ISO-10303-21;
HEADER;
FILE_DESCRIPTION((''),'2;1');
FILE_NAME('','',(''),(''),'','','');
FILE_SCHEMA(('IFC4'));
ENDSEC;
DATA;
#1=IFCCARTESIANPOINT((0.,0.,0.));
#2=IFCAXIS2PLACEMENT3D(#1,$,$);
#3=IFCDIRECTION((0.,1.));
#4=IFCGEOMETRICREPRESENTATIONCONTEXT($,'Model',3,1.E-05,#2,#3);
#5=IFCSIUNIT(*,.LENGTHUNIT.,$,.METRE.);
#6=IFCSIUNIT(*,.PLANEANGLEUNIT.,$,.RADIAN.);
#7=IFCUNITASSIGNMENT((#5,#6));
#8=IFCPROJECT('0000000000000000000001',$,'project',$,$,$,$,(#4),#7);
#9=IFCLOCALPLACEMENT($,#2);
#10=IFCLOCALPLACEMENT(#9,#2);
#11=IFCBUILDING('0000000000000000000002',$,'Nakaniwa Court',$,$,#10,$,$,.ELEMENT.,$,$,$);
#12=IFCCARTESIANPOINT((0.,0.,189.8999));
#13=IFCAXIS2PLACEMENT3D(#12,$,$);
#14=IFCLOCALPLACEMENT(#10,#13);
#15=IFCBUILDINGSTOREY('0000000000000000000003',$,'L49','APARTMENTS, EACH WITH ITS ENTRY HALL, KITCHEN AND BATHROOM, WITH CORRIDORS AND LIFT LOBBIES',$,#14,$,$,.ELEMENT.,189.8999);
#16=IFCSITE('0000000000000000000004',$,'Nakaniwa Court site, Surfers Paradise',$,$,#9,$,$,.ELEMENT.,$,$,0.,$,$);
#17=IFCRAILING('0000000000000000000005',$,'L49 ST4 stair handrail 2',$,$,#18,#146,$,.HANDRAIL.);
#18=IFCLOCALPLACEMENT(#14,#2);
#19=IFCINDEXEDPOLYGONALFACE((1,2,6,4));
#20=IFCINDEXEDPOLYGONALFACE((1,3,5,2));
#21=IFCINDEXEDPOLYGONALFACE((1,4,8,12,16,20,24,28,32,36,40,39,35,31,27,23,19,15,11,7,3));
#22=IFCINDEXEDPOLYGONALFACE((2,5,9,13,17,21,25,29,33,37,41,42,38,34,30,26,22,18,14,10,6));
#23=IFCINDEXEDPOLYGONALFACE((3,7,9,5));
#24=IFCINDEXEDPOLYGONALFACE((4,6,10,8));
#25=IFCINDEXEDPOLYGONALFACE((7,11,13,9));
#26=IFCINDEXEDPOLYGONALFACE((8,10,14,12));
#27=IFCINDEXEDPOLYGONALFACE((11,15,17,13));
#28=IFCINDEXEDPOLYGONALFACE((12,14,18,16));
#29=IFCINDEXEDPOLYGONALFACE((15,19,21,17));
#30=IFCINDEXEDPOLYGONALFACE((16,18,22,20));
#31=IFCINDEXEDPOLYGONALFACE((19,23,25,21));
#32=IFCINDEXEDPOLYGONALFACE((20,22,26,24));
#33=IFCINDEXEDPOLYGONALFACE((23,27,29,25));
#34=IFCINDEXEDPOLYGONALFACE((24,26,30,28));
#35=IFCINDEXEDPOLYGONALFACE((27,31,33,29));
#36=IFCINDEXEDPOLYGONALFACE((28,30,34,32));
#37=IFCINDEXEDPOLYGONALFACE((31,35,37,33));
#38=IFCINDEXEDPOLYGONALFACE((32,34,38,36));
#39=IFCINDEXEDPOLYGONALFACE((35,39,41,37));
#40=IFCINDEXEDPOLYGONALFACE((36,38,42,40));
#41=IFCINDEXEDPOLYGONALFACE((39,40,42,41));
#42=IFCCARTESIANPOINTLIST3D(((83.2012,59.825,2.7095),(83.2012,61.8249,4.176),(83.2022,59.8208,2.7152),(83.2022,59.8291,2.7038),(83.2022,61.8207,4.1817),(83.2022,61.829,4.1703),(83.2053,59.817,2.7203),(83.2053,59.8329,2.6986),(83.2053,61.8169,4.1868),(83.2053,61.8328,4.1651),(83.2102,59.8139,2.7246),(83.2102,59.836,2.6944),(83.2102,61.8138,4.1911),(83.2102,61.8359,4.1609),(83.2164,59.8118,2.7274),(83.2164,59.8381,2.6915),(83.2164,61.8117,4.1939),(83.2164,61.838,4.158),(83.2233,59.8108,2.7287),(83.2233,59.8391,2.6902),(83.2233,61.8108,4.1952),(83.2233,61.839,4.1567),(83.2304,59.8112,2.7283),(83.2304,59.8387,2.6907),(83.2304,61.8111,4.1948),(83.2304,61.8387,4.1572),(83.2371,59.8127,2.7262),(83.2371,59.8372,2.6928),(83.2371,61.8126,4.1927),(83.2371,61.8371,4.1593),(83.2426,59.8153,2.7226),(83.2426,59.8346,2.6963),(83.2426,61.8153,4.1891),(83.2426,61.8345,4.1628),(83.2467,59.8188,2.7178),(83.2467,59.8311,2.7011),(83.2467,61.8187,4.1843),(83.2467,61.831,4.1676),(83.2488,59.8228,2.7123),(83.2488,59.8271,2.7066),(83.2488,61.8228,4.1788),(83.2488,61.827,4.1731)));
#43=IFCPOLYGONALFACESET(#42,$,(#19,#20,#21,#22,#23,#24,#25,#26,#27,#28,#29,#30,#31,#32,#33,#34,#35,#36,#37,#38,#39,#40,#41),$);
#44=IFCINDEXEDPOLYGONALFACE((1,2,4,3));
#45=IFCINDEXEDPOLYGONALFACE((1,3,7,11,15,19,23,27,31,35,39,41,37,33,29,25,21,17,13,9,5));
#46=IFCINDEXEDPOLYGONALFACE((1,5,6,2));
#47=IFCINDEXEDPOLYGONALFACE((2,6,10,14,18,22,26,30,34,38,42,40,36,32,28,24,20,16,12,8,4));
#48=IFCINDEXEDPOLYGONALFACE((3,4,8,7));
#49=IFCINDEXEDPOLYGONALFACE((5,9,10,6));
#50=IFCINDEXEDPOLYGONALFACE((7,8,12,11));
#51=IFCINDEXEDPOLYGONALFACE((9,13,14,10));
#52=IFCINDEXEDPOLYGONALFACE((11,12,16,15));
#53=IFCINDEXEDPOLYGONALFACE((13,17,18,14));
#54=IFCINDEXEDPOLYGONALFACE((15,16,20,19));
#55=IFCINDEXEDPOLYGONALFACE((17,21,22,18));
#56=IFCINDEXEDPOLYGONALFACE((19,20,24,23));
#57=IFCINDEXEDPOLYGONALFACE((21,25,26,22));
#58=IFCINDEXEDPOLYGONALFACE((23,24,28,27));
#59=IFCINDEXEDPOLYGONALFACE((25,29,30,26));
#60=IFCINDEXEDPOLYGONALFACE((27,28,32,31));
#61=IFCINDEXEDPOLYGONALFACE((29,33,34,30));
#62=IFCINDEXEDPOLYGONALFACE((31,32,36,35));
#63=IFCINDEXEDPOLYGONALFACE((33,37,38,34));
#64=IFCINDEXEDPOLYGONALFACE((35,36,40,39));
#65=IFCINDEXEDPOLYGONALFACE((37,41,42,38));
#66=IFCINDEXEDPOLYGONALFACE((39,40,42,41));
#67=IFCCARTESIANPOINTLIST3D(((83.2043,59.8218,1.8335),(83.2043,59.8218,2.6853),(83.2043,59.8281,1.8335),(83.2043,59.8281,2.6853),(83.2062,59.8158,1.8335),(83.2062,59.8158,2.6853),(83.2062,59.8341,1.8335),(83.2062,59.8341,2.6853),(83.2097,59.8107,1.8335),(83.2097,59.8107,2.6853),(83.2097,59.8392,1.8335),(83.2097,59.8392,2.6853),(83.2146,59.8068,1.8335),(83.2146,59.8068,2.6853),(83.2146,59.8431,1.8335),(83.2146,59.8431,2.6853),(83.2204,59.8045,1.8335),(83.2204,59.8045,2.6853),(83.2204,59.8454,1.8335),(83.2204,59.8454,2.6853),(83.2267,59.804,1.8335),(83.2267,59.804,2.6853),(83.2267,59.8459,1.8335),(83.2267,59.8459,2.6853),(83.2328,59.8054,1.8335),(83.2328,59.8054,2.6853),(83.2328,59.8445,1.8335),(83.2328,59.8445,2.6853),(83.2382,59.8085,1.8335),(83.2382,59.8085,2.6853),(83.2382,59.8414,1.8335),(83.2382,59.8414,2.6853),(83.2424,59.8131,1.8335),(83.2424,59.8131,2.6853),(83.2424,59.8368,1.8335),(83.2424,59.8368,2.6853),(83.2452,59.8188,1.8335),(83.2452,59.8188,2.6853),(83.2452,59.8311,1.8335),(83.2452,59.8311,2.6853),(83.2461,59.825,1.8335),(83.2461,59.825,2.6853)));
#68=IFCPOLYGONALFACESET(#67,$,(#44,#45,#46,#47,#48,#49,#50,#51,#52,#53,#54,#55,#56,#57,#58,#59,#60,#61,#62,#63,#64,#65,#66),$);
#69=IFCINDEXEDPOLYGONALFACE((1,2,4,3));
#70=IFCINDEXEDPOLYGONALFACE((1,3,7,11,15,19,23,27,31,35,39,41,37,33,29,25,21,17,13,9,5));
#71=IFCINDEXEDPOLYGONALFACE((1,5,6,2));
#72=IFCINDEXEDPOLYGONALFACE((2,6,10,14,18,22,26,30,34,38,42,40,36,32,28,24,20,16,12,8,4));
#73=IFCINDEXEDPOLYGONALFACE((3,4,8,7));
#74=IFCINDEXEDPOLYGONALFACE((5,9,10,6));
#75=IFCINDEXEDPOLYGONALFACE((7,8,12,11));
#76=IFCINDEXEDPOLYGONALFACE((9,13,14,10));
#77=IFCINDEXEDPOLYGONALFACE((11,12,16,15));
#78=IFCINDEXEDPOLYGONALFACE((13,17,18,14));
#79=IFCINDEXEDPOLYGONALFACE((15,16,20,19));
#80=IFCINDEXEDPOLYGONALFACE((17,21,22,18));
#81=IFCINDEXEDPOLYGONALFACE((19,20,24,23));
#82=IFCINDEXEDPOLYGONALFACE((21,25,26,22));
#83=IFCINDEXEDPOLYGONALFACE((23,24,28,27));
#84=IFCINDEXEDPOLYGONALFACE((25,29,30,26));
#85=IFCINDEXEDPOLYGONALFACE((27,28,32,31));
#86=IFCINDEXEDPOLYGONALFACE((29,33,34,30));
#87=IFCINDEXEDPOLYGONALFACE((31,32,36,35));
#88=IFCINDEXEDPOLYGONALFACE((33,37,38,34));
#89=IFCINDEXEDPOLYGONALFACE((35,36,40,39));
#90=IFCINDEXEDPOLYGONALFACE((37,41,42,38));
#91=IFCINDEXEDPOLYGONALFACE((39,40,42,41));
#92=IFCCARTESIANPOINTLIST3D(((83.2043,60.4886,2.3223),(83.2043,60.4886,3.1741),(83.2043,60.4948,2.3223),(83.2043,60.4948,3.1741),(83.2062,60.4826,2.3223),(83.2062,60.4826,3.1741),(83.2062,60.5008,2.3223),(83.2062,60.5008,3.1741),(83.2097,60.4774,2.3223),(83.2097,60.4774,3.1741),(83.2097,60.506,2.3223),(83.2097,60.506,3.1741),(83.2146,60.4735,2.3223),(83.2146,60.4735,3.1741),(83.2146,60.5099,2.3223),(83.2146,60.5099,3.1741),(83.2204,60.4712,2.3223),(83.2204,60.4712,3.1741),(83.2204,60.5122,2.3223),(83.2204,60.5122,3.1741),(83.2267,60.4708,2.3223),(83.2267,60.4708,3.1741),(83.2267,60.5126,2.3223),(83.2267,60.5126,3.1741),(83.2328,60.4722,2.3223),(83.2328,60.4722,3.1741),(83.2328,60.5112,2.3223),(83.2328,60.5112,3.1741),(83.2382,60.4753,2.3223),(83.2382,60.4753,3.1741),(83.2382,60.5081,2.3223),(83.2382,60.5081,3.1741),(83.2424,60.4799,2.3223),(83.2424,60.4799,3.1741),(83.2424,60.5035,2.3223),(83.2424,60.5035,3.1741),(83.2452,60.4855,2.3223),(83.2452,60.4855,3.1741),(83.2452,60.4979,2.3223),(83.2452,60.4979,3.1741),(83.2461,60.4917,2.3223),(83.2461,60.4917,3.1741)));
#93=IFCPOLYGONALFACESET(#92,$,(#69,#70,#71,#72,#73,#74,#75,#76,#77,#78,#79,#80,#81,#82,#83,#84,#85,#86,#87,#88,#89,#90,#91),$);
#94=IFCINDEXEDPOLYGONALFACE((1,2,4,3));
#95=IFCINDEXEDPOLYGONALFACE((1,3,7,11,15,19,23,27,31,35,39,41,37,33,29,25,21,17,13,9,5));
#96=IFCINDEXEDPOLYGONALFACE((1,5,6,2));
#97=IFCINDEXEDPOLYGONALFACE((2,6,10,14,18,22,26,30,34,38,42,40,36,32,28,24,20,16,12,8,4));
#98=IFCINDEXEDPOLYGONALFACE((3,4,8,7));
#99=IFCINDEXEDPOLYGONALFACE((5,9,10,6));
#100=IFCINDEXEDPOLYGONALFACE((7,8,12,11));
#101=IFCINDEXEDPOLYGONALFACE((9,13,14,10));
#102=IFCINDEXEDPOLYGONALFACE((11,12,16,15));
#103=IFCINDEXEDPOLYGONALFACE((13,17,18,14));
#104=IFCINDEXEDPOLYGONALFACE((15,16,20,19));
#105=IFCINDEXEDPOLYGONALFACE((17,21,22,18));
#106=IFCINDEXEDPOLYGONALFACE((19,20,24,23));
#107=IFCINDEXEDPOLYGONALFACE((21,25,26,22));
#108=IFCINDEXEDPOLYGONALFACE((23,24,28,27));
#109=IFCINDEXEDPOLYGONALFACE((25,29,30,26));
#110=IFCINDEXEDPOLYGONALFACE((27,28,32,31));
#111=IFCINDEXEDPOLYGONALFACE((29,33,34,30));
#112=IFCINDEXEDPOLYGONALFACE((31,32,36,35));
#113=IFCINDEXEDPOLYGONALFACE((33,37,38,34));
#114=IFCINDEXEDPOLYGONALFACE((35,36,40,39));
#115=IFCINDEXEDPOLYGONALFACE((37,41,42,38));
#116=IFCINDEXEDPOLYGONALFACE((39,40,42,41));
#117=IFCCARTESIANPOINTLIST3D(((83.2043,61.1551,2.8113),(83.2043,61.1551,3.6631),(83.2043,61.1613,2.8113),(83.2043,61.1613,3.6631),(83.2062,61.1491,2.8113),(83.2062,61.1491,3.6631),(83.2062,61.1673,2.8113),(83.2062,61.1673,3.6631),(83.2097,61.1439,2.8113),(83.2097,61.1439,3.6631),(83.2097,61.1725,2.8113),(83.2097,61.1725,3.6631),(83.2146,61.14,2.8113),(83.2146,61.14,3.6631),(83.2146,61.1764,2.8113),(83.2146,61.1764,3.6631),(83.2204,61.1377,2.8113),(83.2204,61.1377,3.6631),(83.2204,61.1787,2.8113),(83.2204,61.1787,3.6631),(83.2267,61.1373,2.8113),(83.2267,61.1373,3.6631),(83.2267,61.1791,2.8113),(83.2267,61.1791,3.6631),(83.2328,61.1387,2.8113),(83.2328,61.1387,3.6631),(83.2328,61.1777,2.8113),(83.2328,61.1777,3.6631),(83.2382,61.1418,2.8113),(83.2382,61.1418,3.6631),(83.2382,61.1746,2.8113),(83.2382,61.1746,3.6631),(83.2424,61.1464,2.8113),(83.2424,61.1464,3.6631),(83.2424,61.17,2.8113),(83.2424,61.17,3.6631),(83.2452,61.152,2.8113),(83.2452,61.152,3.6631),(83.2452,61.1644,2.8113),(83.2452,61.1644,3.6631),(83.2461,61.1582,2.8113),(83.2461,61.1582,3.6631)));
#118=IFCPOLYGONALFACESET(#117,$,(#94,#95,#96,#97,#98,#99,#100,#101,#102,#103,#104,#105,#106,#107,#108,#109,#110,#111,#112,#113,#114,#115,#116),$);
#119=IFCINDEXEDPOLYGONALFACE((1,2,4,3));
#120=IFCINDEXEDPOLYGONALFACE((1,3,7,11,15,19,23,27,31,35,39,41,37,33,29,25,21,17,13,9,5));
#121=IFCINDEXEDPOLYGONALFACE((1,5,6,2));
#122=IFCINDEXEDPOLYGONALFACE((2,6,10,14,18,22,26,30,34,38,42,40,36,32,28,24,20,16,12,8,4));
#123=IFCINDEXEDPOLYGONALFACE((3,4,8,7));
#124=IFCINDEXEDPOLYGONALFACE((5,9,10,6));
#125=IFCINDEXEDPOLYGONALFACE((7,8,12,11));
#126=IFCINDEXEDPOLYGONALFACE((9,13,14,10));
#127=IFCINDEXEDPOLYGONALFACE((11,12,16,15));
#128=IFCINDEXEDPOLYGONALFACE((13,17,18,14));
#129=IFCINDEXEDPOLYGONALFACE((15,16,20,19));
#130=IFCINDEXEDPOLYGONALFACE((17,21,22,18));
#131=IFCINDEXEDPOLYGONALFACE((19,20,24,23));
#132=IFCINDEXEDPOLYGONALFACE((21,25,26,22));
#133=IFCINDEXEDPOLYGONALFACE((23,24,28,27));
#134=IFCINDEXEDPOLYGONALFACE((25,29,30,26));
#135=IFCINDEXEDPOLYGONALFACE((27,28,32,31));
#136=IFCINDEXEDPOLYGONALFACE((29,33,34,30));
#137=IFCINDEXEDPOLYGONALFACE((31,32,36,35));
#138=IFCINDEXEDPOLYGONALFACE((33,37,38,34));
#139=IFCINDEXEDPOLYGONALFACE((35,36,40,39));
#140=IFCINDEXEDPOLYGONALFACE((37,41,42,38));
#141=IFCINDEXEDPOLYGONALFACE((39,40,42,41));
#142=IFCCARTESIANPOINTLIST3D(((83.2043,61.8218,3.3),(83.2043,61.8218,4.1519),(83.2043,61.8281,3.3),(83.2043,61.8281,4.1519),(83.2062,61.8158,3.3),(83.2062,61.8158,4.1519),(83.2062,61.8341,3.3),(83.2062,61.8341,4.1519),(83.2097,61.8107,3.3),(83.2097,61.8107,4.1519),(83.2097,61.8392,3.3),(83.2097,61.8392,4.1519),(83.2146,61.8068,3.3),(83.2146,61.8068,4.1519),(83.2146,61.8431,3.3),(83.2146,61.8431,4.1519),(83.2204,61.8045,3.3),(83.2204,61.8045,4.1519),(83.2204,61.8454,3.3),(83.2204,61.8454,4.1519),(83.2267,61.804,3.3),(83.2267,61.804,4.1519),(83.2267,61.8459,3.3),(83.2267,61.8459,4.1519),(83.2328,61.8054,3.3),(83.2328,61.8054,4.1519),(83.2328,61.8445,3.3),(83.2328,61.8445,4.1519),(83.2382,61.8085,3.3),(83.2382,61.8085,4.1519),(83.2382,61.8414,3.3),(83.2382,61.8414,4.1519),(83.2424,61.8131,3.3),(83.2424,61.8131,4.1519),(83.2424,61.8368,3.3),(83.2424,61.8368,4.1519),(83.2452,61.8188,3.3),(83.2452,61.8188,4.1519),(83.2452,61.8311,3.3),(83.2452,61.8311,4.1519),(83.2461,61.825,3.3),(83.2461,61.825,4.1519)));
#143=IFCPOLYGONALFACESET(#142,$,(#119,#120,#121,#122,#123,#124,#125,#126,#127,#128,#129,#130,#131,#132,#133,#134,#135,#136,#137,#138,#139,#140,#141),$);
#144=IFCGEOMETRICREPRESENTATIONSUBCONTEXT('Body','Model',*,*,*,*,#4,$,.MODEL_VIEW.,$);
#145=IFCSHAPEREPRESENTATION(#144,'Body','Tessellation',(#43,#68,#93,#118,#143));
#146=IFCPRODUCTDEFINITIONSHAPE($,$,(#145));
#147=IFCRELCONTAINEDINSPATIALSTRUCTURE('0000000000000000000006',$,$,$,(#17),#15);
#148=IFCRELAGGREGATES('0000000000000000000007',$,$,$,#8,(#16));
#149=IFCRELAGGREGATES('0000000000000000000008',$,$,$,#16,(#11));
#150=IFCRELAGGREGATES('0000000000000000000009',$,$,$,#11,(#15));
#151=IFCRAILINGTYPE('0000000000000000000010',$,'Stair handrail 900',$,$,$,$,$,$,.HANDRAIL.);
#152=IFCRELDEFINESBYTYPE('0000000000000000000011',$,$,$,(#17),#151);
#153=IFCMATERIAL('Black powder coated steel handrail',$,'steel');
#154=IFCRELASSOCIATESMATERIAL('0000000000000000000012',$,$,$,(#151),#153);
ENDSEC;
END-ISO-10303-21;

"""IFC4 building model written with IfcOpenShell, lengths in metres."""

from ifc_helpers import new_model, si_unit, direction, frame, origin, origin_2d, place, context, subcontext, project, spatial, circle, extrude, material, type_object, element, save


model = new_model("IFC4")

# Units and contexts
model_context = context("Model", 3, precision=1e-05, world=origin(), true_north=direction((0.0, 1.0)))
body_context = subcontext(model_context, "Body", "Model", "MODEL_VIEW")
ifc_project = project(units=[si_unit("LENGTHUNIT", "METRE"), si_unit("PLANEANGLEUNIT", "RADIAN")], contexts=[model_context])

# Site, building, storey
site_placement = place(None, origin())
site = spatial("IfcSite", under=ifc_project, at=site_placement, Name="Nakaniwa Court site, Surfers Paradise", CompositionType="ELEMENT", RefElevation=0.0)
building_placement = place(site_placement, origin())
building = spatial("IfcBuilding", under=site, at=building_placement, Name="Nakaniwa Court", CompositionType="ELEMENT")
storey_placement = place(building_placement, frame((0.0, 0.0, 189.8999)))
storey = spatial("IfcBuildingStorey", under=building, at=storey_placement, Name="L49", Description="APARTMENTS, EACH WITH ITS ENTRY HALL, KITCHEN AND BATHROOM, WITH CORRIDORS AND LIFT LOBBIES", CompositionType="ELEMENT", Elevation=189.8999)

# Railing
ifc_material_1 = material(Name="Black powder coated steel handrail", Category="steel")
railing_type_1 = type_object("IfcRailingType", Name="Stair handrail 900", PredefinedType="HANDRAIL", material=ifc_material_1)
railing_1_placement = place(storey_placement, frame((83.2251, 59.825, 1.8335)))
element("IfcRailing", 1, at=railing_1_placement, inside=storey, type_object=railing_type_1, Name="L49 ST4 stair handrail 2", PredefinedType="HANDRAIL", context=body_context, shape_type="SweptSolid", body=[
    extrude(circle(Radius=0.0239, at=origin_2d()), frame((0.0, 0.0, 0.876), z_axis=(0.0, 0.806427, 0.591334), x_axis=(-1.0, 0.0, 0.0)), (0.0, 0.0, 1.0), 2.48),
    extrude(circle(Radius=0.021, at=origin_2d()), origin(), (0.0, 0.0, 1.0), 0.8518),
    extrude(circle(Radius=0.021, at=origin_2d()), frame((0.0, 0.6667, 0.4888)), (0.0, 0.0, 1.0), 0.8518),
    extrude(circle(Radius=0.021, at=origin_2d()), frame((0.0, 1.3333, 0.9778)), (0.0, 0.0, 1.0), 0.8518),
    extrude(circle(Radius=0.021, at=origin_2d()), frame((0.0, 2.0, 1.4666)), (0.0, 0.0, 1.0), 0.8518),
])

save(model, "model.ifc")
